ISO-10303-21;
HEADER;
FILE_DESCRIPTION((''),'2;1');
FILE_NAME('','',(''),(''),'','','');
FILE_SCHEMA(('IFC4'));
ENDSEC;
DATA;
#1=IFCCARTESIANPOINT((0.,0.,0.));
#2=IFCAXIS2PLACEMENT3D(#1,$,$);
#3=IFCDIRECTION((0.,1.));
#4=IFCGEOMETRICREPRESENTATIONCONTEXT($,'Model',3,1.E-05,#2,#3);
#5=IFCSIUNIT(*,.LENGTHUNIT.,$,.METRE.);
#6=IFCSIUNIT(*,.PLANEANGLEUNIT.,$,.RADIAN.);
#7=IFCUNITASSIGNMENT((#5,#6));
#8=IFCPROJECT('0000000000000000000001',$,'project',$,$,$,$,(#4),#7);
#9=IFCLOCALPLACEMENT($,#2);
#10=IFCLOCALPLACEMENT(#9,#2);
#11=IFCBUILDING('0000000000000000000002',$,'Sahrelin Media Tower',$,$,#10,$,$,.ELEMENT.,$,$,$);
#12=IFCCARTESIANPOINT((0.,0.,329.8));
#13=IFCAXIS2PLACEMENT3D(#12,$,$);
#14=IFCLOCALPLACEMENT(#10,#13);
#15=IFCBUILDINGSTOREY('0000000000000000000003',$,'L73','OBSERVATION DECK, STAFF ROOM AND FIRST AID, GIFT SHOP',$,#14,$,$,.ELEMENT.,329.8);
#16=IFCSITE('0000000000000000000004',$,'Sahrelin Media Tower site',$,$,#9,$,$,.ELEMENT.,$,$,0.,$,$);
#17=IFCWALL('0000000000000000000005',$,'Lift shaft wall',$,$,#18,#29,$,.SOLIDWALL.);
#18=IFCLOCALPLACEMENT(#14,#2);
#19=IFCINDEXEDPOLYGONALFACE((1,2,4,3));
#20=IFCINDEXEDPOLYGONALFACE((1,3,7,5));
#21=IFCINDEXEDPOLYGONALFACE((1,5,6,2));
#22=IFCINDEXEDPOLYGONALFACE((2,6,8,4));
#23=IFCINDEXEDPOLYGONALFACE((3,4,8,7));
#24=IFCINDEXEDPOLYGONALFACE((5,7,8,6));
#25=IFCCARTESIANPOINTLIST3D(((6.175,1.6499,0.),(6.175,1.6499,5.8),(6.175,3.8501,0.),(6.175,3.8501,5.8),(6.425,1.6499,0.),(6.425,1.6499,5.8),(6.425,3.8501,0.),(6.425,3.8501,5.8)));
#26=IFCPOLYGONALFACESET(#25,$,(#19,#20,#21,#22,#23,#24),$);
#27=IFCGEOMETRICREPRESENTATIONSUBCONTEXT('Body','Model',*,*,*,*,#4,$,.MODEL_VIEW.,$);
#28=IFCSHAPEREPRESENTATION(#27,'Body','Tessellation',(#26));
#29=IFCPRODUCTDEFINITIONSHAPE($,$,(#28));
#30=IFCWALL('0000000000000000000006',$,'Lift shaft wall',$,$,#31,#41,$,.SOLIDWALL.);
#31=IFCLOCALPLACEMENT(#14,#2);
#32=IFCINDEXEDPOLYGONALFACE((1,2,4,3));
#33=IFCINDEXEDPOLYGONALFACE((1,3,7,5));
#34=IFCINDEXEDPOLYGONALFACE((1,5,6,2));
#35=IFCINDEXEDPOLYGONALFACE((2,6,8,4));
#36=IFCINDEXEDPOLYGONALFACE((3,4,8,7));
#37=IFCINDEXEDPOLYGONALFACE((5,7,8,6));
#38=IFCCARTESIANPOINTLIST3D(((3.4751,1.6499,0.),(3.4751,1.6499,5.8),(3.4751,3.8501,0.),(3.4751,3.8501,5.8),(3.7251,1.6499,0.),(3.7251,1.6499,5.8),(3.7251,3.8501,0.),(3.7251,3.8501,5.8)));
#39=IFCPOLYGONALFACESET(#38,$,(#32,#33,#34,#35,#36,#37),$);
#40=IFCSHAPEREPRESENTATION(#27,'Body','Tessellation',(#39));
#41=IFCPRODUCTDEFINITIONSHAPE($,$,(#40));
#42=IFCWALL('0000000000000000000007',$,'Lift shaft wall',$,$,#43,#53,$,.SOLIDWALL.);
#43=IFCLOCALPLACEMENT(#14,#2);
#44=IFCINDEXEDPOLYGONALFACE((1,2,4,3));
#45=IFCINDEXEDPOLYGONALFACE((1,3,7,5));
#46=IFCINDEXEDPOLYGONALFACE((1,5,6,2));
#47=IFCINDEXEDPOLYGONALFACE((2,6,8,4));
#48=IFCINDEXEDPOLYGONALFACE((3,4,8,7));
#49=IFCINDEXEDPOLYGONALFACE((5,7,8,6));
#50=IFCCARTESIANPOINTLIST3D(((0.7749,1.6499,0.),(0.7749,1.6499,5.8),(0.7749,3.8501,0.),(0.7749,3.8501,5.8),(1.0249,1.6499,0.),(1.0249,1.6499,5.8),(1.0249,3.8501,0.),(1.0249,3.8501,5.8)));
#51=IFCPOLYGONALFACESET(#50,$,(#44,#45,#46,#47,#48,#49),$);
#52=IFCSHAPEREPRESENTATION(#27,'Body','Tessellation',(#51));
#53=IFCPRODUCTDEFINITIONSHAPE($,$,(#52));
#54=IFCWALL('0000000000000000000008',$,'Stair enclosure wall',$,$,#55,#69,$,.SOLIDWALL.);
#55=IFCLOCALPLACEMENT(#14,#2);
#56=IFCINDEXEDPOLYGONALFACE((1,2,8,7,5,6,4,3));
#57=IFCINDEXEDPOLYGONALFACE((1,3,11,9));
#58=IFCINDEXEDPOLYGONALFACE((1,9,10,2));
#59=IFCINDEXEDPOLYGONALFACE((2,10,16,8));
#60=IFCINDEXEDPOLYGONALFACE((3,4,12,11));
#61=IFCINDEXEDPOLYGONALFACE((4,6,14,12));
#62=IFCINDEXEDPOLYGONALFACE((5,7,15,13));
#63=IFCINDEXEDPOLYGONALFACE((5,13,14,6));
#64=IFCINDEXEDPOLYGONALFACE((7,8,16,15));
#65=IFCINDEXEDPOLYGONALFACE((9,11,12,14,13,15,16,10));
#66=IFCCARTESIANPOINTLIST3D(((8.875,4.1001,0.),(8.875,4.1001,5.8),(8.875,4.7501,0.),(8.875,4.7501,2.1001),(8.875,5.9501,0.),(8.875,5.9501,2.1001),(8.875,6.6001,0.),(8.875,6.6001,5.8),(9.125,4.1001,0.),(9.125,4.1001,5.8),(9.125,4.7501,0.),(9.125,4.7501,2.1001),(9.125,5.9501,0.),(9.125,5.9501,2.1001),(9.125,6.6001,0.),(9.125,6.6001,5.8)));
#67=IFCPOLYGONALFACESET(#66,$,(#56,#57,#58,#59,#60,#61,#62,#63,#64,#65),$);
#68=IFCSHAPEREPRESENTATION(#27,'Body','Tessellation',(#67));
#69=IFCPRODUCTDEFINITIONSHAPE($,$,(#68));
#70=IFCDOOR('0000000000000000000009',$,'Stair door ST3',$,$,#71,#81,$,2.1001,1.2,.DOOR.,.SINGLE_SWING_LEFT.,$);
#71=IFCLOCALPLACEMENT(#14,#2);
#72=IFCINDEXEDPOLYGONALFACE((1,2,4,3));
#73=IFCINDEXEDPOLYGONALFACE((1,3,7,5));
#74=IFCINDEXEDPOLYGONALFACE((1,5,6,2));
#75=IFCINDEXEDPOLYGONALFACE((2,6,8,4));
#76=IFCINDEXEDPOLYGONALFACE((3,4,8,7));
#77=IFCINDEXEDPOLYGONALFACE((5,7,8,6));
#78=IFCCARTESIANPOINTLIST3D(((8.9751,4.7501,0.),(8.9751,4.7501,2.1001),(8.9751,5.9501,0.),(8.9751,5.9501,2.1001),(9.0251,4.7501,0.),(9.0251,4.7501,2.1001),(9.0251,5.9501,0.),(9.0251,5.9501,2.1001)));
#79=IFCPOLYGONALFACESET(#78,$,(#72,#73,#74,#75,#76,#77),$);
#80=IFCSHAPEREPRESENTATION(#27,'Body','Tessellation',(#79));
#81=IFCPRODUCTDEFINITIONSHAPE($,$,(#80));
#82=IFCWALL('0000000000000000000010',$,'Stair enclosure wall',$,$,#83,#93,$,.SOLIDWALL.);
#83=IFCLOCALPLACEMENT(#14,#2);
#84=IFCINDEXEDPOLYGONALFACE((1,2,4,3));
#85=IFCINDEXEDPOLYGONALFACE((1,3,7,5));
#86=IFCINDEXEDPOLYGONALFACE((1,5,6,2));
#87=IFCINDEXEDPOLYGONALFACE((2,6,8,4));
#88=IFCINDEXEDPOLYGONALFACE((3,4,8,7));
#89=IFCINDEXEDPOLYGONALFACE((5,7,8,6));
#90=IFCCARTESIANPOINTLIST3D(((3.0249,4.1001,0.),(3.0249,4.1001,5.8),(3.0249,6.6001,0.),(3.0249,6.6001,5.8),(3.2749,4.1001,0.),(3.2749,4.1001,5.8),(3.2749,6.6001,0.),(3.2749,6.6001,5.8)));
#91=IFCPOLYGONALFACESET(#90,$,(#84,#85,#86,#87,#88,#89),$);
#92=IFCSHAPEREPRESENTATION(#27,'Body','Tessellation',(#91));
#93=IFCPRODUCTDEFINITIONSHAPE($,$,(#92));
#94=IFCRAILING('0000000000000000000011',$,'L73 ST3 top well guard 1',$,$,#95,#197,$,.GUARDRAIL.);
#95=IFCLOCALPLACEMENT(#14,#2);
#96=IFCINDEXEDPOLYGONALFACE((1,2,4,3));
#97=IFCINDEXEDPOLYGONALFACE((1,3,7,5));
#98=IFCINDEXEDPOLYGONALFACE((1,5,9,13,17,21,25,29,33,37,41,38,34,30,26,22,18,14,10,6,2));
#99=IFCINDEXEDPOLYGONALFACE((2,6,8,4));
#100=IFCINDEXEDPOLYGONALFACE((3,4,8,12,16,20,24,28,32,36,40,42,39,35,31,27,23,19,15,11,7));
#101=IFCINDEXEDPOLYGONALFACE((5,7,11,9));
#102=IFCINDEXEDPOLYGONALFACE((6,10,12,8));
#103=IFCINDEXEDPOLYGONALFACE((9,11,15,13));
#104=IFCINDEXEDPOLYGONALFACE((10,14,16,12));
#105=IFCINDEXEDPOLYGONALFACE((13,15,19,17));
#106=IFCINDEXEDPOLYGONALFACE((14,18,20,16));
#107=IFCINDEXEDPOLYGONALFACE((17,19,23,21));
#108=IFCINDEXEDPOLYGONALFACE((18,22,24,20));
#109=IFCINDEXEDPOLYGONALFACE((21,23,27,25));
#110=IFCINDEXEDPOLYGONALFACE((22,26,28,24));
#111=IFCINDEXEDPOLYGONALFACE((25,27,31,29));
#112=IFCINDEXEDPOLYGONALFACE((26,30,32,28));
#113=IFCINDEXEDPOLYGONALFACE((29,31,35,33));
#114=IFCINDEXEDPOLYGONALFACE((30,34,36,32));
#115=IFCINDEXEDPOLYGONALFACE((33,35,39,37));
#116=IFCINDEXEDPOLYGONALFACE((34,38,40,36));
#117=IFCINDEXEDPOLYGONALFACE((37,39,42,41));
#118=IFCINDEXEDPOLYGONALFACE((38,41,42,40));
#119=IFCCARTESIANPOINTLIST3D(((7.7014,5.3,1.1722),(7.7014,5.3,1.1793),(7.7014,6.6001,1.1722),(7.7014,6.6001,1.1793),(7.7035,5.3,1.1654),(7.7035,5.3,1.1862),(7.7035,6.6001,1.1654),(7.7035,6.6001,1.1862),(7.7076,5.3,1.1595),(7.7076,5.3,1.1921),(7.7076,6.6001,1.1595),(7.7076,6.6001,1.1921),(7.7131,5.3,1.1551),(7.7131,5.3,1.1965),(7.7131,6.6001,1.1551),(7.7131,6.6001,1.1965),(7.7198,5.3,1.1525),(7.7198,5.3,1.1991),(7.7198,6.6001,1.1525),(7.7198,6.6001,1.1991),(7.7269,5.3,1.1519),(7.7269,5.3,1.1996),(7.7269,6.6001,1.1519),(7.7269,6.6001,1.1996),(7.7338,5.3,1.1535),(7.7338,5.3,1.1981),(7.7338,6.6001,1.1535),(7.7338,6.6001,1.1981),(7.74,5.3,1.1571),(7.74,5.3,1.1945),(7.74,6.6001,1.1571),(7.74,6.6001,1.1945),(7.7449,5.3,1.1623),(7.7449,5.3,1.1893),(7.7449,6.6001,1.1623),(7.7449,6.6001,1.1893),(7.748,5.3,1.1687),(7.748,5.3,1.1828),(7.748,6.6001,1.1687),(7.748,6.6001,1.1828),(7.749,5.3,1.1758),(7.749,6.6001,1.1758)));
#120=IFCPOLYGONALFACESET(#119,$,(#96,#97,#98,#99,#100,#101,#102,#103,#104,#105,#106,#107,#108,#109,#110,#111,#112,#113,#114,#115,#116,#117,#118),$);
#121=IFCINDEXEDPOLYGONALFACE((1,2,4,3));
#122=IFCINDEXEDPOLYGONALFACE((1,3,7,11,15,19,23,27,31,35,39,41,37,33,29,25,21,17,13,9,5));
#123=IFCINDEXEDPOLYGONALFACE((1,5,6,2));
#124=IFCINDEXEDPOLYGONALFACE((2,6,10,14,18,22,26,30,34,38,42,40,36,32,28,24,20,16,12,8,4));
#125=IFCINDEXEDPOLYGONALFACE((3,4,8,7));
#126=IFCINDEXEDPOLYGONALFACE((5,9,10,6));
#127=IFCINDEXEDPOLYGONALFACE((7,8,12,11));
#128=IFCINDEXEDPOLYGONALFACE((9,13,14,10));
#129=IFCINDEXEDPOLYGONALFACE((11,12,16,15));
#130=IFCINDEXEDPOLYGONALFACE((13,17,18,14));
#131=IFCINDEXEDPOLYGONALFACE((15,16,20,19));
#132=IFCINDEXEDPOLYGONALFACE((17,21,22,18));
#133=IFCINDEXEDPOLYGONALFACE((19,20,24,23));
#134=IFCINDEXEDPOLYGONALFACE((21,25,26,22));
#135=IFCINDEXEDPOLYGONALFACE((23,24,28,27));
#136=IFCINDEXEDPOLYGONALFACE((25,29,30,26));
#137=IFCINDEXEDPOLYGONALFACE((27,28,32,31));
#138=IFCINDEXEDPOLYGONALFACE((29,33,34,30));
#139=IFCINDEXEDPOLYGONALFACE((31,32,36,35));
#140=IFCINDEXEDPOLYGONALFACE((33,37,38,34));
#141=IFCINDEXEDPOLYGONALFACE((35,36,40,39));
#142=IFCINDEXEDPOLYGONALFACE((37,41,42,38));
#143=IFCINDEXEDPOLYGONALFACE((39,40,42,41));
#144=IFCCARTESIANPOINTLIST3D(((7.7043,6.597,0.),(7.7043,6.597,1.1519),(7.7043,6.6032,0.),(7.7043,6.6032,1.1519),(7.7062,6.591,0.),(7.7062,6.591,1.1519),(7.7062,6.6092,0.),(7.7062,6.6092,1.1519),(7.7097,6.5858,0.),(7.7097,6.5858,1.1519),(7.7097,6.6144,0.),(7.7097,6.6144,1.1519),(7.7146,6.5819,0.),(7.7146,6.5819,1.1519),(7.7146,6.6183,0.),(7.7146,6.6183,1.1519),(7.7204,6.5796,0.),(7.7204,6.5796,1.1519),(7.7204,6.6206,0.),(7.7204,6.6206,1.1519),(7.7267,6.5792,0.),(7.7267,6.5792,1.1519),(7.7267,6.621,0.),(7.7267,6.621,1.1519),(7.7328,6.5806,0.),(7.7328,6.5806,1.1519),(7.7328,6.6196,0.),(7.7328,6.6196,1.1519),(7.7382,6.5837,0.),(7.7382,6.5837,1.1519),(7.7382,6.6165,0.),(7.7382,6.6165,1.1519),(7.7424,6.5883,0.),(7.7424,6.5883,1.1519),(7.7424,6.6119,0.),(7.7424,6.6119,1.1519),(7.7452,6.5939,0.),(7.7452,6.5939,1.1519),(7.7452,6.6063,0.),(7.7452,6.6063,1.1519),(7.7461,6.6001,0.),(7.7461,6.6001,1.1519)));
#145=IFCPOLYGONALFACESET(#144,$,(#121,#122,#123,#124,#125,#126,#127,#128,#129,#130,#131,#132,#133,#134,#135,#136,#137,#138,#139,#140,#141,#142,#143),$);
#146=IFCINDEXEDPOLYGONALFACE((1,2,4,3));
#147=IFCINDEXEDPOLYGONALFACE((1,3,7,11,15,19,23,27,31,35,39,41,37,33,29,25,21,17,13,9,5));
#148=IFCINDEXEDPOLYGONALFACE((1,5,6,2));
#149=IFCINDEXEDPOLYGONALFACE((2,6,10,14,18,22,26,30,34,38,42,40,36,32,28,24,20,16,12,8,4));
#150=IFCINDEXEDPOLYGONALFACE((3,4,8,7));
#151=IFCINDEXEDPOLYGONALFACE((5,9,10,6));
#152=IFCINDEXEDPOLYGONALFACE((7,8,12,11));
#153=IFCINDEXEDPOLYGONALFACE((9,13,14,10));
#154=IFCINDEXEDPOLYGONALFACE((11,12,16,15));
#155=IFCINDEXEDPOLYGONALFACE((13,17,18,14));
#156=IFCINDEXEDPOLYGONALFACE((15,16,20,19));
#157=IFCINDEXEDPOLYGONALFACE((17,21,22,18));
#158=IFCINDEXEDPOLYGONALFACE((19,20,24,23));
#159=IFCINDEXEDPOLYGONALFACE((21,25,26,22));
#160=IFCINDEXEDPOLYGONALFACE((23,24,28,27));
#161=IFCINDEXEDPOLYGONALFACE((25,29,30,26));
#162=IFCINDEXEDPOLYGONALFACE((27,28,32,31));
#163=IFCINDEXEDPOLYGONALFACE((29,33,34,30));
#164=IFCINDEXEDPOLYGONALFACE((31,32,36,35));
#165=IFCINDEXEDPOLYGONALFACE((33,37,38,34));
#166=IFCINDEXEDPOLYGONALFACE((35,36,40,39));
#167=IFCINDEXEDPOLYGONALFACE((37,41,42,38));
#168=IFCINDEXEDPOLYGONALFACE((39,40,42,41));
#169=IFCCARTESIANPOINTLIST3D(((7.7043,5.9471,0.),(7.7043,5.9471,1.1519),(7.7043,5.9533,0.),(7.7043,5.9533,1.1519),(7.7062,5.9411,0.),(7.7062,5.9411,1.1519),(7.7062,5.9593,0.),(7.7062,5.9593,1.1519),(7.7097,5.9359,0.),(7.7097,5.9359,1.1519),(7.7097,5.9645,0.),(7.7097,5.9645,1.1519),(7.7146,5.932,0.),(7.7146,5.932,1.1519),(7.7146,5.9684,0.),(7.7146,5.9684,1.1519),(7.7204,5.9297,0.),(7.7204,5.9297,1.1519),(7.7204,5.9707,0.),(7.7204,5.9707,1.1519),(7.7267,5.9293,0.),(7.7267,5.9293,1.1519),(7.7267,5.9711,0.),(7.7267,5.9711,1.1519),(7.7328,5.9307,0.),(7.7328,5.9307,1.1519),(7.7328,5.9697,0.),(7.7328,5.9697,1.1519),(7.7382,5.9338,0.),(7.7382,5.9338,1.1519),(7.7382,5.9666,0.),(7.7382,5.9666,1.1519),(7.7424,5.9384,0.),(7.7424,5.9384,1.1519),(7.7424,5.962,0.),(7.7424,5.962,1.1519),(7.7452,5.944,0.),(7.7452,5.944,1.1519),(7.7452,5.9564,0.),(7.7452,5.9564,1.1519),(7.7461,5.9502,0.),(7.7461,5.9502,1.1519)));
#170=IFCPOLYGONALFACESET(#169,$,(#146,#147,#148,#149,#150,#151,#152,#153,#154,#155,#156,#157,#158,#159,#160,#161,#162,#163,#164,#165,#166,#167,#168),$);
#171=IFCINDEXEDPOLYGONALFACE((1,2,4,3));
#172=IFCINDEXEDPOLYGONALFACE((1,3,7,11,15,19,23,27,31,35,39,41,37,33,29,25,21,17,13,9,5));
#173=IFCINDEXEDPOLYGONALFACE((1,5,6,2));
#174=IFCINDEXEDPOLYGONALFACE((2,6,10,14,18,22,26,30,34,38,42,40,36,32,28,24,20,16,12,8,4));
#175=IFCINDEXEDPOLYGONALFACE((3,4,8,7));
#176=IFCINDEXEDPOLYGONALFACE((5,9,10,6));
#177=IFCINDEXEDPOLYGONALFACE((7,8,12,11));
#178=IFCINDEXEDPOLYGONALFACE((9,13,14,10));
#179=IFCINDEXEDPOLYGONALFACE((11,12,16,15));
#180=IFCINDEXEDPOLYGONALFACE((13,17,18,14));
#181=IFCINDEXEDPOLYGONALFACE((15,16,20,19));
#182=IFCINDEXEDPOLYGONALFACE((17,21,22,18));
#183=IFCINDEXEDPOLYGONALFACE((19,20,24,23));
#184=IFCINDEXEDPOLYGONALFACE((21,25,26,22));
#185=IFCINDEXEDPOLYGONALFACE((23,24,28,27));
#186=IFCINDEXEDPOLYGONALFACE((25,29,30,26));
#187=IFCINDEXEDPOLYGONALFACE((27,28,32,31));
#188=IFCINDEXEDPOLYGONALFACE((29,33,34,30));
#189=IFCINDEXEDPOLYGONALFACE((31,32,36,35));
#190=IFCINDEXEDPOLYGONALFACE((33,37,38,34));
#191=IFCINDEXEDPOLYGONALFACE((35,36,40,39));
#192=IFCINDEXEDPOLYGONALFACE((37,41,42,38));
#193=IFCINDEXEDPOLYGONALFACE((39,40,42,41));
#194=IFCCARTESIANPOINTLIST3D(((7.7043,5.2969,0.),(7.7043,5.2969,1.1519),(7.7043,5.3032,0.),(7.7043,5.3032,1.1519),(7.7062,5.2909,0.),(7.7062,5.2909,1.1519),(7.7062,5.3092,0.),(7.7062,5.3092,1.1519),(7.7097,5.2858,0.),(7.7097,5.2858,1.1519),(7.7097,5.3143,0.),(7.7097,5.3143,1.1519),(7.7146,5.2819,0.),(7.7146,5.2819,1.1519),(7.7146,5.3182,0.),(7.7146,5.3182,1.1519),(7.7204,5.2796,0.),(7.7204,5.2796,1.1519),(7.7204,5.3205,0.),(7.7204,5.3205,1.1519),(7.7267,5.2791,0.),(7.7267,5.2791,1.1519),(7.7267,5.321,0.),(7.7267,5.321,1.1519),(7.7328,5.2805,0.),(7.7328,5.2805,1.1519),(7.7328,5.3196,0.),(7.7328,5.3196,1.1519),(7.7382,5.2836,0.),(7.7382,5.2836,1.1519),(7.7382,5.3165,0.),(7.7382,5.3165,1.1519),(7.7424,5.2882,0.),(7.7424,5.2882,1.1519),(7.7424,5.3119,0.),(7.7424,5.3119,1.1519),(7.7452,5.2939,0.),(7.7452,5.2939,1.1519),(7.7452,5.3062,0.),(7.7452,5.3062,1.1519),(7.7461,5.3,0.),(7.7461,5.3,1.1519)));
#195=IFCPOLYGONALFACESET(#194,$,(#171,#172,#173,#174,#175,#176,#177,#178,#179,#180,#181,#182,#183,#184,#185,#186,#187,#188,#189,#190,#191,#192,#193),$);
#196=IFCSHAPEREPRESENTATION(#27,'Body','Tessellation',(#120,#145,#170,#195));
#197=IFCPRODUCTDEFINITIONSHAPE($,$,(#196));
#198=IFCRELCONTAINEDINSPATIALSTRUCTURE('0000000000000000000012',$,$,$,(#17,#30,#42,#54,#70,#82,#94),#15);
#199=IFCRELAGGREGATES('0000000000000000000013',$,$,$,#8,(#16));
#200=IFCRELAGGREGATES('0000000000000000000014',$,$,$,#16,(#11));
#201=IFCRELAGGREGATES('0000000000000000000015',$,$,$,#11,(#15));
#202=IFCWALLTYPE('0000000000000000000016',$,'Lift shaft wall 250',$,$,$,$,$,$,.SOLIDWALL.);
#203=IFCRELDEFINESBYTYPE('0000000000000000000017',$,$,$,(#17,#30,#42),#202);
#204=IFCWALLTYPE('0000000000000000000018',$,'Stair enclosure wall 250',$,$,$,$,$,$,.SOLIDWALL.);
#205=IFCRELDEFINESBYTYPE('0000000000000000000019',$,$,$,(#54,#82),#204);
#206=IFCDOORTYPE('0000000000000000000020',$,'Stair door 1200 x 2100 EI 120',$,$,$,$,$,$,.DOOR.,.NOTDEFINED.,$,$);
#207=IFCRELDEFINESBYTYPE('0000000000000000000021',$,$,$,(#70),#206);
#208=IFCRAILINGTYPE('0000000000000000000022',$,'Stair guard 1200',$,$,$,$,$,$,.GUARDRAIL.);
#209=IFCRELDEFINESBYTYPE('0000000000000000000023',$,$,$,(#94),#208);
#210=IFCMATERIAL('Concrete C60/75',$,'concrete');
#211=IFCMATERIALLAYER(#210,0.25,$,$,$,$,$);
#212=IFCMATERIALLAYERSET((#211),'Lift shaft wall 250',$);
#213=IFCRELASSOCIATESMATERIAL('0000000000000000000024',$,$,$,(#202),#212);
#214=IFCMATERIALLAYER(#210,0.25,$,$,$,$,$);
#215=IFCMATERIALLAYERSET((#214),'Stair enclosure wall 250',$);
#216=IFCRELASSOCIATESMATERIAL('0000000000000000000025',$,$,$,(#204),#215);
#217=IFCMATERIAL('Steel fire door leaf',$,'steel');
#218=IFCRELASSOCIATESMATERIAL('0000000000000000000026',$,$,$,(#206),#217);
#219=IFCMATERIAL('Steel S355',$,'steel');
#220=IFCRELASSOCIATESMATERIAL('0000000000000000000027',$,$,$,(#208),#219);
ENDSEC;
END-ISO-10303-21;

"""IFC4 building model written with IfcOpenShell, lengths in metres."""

from ifc_helpers import new_model, si_unit, direction, frame, frame_2d, origin, origin_2d, place, context, subcontext, project, spatial, rectangle, circle, extrude, material, layer, layer_set, type_object, element, fill, save


model = new_model("IFC4")

# Units and contexts
model_context = context("Model", 3, precision=1e-05, world=origin(), true_north=direction((0.0, 1.0)))
body_context = subcontext(model_context, "Body", "Model", "MODEL_VIEW")
ifc_project = project(units=[si_unit("LENGTHUNIT", "METRE"), si_unit("PLANEANGLEUNIT", "RADIAN")], contexts=[model_context])

# Site, building, storey
site_placement = place(None, origin())
site = spatial("IfcSite", under=ifc_project, at=site_placement, Name="Sahrelin Media Tower site", CompositionType="ELEMENT", RefElevation=0.0)
building_placement = place(site_placement, origin())
building = spatial("IfcBuilding", under=site, at=building_placement, Name="Sahrelin Media Tower", CompositionType="ELEMENT")
storey_placement = place(building_placement, frame((0.0, 0.0, 329.8)))
storey = spatial("IfcBuildingStorey", under=building, at=storey_placement, Name="L73", Description="OBSERVATION DECK, STAFF ROOM AND FIRST AID, GIFT SHOP", CompositionType="ELEMENT", Elevation=329.8)

# Shared definitions
ifc_material_1 = material(Name="Steel S355", Category="steel")

# Shared definitions
ifc_material_2 = material(Name="Concrete C60/75", Category="concrete")
ifc_layer_1 = layer(ifc_material_2, 0.25)
ifc_layer_set_1 = layer_set([ifc_layer_1], Name="Lift shaft wall 250")
wall_type_1 = type_object("IfcWallType", Name="Lift shaft wall 250", PredefinedType="SOLIDWALL", material=ifc_layer_set_1)

# Walls
for number, where, z_axis, x_axis, name in (
    (1, (6.3, 1.6499, 0.0), (0.0, 0.0, 1.0), (0.0, 1.0, 0.0), "Lift shaft wall"),
    (2, (3.6001, 1.6499, 0.0), (0.0, 0.0, 1.0), (0.0, 1.0, 0.0), "Lift shaft wall"),
    (3, (0.8999, 1.6499, 0.0), (0.0, 0.0, 1.0), (0.0, 1.0, 0.0), "Lift shaft wall"),
):
    element("IfcWall", number, at=place(storey_placement, frame(where, z_axis=z_axis, x_axis=x_axis)), inside=storey, type_object=wall_type_1, Name=name, PredefinedType="SOLIDWALL", context=body_context, shape_type="SweptSolid", body=[
        extrude(rectangle(XDim=2.2002, YDim=0.25, at=frame_2d((1.1001, 0.0))), origin(), (0.0, 0.0, 1.0), 5.8),
    ])

# Wall, opening, door
ifc_layer_2 = layer(ifc_material_2, 0.25)
ifc_layer_set_2 = layer_set([ifc_layer_2], Name="Stair enclosure wall 250")
wall_type_2 = type_object("IfcWallType", Name="Stair enclosure wall 250", PredefinedType="SOLIDWALL", material=ifc_layer_set_2)
wall_1_placement = place(storey_placement, frame((9.0, 4.1001, 0.0), z_axis=(0.0, 0.0, 1.0), x_axis=(0.0, 1.0, 0.0)))
wall_1 = element("IfcWall", 4, at=wall_1_placement, inside=storey, type_object=wall_type_2, Name="Stair enclosure wall", PredefinedType="SOLIDWALL", context=body_context, shape_type="SweptSolid", body=[
    extrude(rectangle(XDim=2.5, YDim=0.25, at=frame_2d((1.25, 0.0))), origin(), (0.0, 0.0, 1.0), 5.8),
])
opening_1_placement = place(wall_1_placement, frame((0.6499, 0.0, 0.0)))
opening_1 = element("IfcOpeningElement", 5, at=opening_1_placement, cuts=wall_1, PredefinedType="OPENING", context=body_context, shape_type="SweptSolid", body=[
    extrude(rectangle(XDim=1.2, YDim=2.1001, at=frame_2d((0.6001, 1.05))), frame((0.0, 0.125, 0.0), z_axis=(0.0, -1.0, 0.0), x_axis=(1.0, 0.0, 0.0)), (0.0, 0.0, 1.0), 0.25),
])
ifc_material_3 = material(Name="Steel fire door leaf", Category="steel")
door_type_1 = type_object("IfcDoorType", Name="Stair door 1200 x 2100 EI 120", OperationType="NOTDEFINED", PredefinedType="DOOR", material=ifc_material_3)
door_1_placement = place(opening_1_placement, origin())
door_1 = element("IfcDoor", 6, at=door_1_placement, inside=storey, type_object=door_type_1, Name="Stair door ST3", OperationType="SINGLE_SWING_LEFT", OverallHeight=2.1001, OverallWidth=1.2, PredefinedType="DOOR", context=body_context, shape_type="SweptSolid", body=[
    extrude(rectangle(XDim=1.2, YDim=2.1001, at=frame_2d((0.6001, 1.05))), frame((0.0, 0.0249, 0.0), z_axis=(0.0, -1.0, 0.0), x_axis=(1.0, 0.0, 0.0)), (0.0, 0.0, 1.0), 0.05),
])
fill(opening_1, door_1)

# Wall
wall_2_placement = place(storey_placement, frame((3.1499, 4.1001, 0.0), z_axis=(0.0, 0.0, 1.0), x_axis=(0.0, 1.0, 0.0)))
element("IfcWall", 7, at=wall_2_placement, inside=storey, type_object=wall_type_2, Name="Stair enclosure wall", PredefinedType="SOLIDWALL", context=body_context, shape_type="SweptSolid", body=[
    extrude(rectangle(XDim=2.5, YDim=0.25, at=frame_2d((1.25, 0.0))), origin(), (0.0, 0.0, 1.0), 5.8),
])

# Railing
railing_type = type_object("IfcRailingType", Name="Stair guard 1200", PredefinedType="GUARDRAIL", material=ifc_material_1)
railing_placement = place(storey_placement, frame((7.7251, 6.6001, 0.0)))
element("IfcRailing", 8, at=railing_placement, inside=storey, type_object=railing_type, Name="L73 ST3 top well guard 1", PredefinedType="GUARDRAIL", context=body_context, shape_type="SweptSolid", body=[
    extrude(circle(Radius=0.0239, at=origin_2d()), frame((0.0, 0.0, 1.1758), z_axis=(0.0, -1.0, 0.0), x_axis=(1.0, 0.0, 0.0)), (0.0, 0.0, 1.0), 1.3),
    extrude(circle(Radius=0.021, at=origin_2d()), origin(), (0.0, 0.0, 1.0), 1.1519),
    extrude(circle(Radius=0.021, at=origin_2d()), frame((0.0, -0.6499, 0.0)), (0.0, 0.0, 1.0), 1.1519),
    extrude(circle(Radius=0.021, at=origin_2d()), frame((0.0, -1.3, 0.0)), (0.0, 0.0, 1.0), 1.1519),
])

save(model, "model.ifc")
